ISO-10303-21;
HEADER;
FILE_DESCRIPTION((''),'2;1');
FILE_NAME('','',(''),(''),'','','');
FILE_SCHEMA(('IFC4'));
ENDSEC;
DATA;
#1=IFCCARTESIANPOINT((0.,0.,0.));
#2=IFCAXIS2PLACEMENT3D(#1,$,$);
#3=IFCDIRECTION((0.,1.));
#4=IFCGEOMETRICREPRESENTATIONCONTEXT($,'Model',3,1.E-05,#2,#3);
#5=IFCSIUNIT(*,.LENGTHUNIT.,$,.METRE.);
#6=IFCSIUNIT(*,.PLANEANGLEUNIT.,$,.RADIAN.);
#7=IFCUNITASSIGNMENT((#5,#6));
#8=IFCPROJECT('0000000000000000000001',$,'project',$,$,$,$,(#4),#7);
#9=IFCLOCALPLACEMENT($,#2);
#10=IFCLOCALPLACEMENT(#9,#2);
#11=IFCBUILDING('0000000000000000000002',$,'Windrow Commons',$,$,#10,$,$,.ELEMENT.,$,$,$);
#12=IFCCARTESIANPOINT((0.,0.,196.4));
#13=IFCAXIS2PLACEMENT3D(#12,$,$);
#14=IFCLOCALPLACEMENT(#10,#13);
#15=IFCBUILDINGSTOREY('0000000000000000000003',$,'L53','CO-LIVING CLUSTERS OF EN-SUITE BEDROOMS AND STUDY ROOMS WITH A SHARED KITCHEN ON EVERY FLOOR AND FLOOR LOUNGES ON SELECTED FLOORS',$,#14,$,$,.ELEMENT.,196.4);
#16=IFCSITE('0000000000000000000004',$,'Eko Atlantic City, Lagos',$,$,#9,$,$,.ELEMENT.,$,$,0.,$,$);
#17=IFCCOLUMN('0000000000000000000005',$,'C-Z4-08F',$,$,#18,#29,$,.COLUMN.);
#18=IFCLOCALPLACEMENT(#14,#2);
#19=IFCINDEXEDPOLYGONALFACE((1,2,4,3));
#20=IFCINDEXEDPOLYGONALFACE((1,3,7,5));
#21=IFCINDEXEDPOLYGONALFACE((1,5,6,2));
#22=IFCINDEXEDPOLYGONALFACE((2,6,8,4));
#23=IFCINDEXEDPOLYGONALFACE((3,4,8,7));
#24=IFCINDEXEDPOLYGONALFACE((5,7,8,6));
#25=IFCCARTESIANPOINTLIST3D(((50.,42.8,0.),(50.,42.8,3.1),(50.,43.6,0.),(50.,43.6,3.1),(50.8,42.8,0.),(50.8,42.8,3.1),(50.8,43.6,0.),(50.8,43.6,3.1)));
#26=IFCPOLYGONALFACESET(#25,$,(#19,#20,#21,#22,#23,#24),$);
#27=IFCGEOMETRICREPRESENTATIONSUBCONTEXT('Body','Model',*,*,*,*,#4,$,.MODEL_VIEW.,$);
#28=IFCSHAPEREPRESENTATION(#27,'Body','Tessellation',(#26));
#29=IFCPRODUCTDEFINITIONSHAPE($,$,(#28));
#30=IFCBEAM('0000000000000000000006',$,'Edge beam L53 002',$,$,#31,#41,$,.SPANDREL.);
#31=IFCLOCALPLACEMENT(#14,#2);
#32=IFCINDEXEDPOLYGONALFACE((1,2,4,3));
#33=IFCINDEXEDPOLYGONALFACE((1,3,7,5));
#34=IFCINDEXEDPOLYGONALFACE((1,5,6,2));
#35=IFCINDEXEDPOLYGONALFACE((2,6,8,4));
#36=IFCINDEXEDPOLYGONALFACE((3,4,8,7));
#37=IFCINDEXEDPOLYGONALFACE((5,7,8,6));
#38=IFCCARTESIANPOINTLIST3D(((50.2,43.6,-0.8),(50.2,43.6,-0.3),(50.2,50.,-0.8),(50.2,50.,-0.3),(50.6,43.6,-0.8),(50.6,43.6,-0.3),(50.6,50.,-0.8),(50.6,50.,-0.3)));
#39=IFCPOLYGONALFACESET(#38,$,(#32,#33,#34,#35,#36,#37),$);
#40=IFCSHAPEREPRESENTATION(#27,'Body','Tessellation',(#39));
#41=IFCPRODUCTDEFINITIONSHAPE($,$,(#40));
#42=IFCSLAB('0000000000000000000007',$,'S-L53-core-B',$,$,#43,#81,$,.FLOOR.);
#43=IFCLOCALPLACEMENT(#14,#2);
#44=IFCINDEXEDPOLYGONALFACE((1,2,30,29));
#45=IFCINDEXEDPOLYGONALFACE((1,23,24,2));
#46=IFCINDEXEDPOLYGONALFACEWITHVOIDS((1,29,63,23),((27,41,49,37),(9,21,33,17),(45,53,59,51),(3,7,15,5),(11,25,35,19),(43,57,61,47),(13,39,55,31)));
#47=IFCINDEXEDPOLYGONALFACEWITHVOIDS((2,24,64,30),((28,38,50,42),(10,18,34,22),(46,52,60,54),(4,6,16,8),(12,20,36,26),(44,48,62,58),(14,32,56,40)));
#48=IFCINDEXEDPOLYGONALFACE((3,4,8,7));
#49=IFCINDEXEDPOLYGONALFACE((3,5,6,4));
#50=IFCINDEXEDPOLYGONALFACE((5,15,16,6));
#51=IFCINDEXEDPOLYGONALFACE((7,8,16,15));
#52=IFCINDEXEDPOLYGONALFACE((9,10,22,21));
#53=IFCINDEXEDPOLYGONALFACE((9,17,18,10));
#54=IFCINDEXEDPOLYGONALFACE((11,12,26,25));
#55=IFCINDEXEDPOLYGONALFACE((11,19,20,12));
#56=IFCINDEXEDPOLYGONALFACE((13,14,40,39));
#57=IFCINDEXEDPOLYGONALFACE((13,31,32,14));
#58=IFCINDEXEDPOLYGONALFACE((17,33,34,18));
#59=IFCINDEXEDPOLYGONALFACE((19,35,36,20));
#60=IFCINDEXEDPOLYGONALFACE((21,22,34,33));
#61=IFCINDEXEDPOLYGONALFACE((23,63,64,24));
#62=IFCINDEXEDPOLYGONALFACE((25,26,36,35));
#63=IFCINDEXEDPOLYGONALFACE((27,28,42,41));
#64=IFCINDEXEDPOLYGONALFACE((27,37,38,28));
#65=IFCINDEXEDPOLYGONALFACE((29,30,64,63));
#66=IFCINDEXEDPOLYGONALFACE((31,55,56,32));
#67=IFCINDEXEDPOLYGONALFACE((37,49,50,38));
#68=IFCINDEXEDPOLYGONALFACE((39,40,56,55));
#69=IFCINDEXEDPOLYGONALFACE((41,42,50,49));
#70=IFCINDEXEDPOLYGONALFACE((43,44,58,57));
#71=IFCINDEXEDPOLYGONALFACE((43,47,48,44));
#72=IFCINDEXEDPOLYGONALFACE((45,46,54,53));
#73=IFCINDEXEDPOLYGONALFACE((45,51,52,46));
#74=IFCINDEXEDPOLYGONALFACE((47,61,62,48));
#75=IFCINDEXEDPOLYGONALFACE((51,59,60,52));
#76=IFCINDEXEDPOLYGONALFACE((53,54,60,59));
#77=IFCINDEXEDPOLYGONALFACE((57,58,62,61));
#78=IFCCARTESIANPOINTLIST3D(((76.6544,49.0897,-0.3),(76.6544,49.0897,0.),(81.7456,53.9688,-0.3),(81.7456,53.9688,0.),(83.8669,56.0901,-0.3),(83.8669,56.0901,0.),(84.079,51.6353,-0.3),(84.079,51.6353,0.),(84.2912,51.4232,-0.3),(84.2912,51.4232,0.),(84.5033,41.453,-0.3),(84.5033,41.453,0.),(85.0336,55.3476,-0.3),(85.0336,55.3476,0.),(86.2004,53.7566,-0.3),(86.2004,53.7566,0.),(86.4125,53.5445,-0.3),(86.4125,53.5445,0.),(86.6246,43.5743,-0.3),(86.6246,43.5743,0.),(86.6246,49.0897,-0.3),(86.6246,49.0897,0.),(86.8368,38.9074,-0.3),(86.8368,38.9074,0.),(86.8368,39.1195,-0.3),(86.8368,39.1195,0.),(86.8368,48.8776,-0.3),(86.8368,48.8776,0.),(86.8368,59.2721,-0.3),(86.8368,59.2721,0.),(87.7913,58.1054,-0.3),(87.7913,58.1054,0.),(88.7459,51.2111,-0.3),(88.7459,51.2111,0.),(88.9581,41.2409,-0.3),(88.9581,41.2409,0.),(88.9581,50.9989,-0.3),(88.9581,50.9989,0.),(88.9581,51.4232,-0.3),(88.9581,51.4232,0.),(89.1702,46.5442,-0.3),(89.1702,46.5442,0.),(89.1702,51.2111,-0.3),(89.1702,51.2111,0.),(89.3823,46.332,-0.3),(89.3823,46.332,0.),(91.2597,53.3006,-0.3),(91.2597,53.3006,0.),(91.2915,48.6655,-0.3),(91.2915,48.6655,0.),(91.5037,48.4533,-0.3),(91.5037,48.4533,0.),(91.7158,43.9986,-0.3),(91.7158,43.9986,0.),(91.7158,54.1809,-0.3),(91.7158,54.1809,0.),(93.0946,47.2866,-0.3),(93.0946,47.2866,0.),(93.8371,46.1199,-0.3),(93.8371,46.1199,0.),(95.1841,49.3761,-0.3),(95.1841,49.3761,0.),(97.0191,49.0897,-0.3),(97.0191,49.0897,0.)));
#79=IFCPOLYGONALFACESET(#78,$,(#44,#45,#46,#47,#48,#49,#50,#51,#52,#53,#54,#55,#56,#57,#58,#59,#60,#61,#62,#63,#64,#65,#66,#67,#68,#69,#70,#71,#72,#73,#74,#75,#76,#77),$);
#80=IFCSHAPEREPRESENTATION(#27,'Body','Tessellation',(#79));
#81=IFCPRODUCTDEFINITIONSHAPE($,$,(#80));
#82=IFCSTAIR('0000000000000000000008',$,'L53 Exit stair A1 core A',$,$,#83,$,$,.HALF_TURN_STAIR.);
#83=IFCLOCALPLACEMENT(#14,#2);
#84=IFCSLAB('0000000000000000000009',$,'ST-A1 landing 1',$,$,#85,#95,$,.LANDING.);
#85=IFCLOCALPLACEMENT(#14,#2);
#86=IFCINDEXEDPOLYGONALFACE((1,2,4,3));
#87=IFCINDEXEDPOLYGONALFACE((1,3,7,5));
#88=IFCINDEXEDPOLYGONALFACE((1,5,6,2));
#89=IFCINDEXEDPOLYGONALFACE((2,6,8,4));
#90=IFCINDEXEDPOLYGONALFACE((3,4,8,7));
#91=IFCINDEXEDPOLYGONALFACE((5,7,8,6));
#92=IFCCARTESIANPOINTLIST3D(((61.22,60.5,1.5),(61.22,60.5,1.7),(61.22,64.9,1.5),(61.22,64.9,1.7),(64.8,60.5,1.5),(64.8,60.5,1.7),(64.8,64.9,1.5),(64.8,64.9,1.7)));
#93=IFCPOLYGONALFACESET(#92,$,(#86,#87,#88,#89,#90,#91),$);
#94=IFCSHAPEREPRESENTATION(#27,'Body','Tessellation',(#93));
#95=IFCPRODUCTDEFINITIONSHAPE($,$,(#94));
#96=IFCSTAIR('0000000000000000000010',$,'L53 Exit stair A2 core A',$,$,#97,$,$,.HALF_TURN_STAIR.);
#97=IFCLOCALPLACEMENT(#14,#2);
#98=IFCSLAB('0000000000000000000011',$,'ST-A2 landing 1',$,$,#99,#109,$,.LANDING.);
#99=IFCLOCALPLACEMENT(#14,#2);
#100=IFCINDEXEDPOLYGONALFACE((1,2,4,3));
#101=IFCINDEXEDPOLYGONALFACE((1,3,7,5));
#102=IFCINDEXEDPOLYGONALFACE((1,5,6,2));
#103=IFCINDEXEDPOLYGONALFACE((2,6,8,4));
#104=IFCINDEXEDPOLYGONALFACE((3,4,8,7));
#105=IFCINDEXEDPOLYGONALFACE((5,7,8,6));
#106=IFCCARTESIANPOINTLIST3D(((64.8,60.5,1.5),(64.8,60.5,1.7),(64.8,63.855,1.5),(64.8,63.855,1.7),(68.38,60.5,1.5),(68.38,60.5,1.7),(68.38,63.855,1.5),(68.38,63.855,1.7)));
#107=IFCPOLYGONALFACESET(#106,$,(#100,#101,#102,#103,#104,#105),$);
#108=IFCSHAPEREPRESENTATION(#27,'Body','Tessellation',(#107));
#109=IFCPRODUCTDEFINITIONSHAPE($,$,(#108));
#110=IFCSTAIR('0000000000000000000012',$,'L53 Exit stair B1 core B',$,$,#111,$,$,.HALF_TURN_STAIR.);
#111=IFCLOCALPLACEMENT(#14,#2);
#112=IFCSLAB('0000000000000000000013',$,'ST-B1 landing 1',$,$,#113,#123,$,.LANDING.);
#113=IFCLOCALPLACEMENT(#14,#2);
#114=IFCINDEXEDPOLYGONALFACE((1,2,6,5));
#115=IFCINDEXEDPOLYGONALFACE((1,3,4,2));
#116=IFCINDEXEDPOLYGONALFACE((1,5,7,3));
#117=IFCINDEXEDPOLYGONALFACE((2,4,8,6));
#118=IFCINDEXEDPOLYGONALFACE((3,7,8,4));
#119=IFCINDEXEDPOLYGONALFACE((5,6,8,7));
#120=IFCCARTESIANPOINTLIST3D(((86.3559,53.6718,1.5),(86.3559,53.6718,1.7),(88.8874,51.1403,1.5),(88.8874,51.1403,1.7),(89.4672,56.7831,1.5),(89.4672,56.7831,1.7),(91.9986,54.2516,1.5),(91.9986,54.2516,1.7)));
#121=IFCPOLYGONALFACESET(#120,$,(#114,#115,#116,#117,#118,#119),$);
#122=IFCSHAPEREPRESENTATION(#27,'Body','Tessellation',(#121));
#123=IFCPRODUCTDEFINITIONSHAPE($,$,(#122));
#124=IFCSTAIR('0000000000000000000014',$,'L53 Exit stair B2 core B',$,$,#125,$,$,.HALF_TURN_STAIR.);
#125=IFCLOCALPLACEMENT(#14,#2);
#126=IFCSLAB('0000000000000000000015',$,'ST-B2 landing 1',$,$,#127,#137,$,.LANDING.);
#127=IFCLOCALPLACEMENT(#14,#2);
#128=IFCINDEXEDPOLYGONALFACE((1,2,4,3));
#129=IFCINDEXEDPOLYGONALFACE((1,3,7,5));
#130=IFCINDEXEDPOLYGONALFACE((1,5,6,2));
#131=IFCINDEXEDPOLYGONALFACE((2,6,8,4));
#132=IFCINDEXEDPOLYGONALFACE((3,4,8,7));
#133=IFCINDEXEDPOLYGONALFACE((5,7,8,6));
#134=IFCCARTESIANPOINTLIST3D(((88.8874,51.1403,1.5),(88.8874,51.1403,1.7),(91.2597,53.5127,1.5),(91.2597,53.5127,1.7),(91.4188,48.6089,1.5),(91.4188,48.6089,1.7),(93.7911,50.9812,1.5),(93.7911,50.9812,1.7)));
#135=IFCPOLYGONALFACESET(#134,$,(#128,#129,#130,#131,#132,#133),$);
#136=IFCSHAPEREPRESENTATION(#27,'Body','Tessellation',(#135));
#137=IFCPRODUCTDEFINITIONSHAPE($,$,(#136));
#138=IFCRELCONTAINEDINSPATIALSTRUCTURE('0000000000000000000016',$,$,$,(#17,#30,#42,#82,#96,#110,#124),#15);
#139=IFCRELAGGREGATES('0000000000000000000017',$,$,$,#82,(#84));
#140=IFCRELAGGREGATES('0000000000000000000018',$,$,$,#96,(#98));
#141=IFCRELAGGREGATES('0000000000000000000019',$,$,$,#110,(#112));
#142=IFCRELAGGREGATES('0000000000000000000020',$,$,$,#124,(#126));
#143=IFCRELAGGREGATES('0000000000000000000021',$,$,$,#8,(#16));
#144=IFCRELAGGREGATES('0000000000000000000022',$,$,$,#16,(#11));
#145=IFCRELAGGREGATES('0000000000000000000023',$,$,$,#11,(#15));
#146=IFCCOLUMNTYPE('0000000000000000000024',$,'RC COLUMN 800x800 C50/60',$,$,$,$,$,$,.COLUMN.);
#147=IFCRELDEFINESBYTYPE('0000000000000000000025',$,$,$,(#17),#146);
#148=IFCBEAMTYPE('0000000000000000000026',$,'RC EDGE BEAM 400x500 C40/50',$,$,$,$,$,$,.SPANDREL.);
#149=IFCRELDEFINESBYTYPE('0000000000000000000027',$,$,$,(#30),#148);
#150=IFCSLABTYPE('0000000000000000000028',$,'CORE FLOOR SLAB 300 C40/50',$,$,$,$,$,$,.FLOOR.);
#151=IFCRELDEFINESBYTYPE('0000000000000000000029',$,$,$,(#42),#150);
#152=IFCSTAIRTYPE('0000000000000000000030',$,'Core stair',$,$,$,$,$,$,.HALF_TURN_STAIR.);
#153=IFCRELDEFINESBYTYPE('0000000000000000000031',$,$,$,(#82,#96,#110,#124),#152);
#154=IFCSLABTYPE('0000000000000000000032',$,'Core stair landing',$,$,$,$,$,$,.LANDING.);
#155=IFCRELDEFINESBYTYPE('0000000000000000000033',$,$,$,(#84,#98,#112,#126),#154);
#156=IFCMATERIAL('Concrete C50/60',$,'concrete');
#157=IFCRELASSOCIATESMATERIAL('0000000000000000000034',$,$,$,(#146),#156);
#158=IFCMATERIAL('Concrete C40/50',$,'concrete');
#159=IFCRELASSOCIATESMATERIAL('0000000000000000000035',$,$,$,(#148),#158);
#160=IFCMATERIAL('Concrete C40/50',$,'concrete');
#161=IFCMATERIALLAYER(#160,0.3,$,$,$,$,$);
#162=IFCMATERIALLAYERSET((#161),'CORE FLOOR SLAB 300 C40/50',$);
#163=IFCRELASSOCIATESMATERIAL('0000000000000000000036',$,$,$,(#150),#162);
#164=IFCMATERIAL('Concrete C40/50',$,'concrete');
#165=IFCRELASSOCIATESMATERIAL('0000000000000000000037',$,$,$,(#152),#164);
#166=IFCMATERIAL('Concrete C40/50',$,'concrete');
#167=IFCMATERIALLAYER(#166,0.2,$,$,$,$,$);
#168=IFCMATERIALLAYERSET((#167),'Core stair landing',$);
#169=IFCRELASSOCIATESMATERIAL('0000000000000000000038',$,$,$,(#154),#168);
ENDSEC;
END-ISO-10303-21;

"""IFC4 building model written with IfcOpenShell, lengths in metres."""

from ifc_helpers import new_model, si_unit, direction, frame, origin, origin_2d, place, context, subcontext, project, spatial, polyline, rectangle, outline, extrude, material, layer, layer_set, material_profile, profile_set, type_object, element, aggregate, save


model = new_model("IFC4")

# Units and contexts
model_context = context("Model", 3, precision=1e-05, world=origin(), true_north=direction((0.0, 1.0)))
body_context = subcontext(model_context, "Body", "Model", "MODEL_VIEW")
ifc_project = project(units=[si_unit("LENGTHUNIT", "METRE"), si_unit("PLANEANGLEUNIT", "RADIAN")], contexts=[model_context])

# Site, building, storey
site_placement = place(None, origin())
site = spatial("IfcSite", under=ifc_project, at=site_placement, Name="Eko Atlantic City, Lagos", CompositionType="ELEMENT", RefElevation=0.0)
building_placement = place(site_placement, origin())
building = spatial("IfcBuilding", under=site, at=building_placement, Name="Windrow Commons", CompositionType="ELEMENT")
storey_placement = place(building_placement, frame((0.0, 0.0, 196.4)))
storey = spatial("IfcBuildingStorey", under=building, at=storey_placement, Name="L53", Description="CO-LIVING CLUSTERS OF EN-SUITE BEDROOMS AND STUDY ROOMS WITH A SHARED KITCHEN ON EVERY FLOOR AND FLOOR LOUNGES ON SELECTED FLOORS", CompositionType="ELEMENT", Elevation=196.4)

# Column
ifc_material_1 = material(Name="Concrete C50/60", Category="concrete")
ifc_material_profile_1 = material_profile(ifc_material_1, rectangle(XDim=0.8, YDim=0.8, at=origin_2d()))
ifc_profile_set_1 = profile_set([ifc_material_profile_1], Name="Concrete C50/60")
column_type = type_object("IfcColumnType", Name="RC COLUMN 800x800 C50/60", PredefinedType="COLUMN", material=ifc_profile_set_1)
column_placement = place(storey_placement, frame((50.4, 43.2, 0.0), z_axis=(0.0, 0.0, 1.0), x_axis=(1.0, 0.0, 0.0)))
element("IfcColumn", 1, at=column_placement, inside=storey, type_object=column_type, Name="C-Z4-08F", PredefinedType="COLUMN", context=body_context, shape_type="SweptSolid", body=[
    extrude(rectangle(XDim=0.8, YDim=0.8, at=origin_2d()), origin(), (0.0, 0.0, 1.0), 3.1),
])

# Beam
ifc_material_2 = material(Name="Concrete C40/50", Category="concrete")
ifc_material_profile_2 = material_profile(ifc_material_2, rectangle(XDim=0.4, YDim=0.5, at=origin_2d()))
ifc_profile_set_2 = profile_set([ifc_material_profile_2], Name="Concrete C40/50")
beam_type = type_object("IfcBeamType", Name="RC EDGE BEAM 400x500 C40/50", PredefinedType="SPANDREL", material=ifc_profile_set_2)
beam_placement = place(storey_placement, frame((50.4, 43.6, -0.55), z_axis=(0.0, 1.0, 0.0), x_axis=(-1.0, 0.0, 0.0)))
element("IfcBeam", 2, at=beam_placement, inside=storey, type_object=beam_type, Name="Edge beam L53 002", PredefinedType="SPANDREL", context=body_context, shape_type="SweptSolid", body=[
    extrude(rectangle(XDim=0.4, YDim=0.5, at=origin_2d()), origin(), (0.0, 0.0, 1.0), 6.4),
])

# Slab, openings
ifc_material_3 = material(Name="Concrete C40/50", Category="concrete")
ifc_layer_1 = layer(ifc_material_3, 0.3)
ifc_layer_set_1 = layer_set([ifc_layer_1], Name="CORE FLOOR SLAB 300 C40/50")
slab_type_1 = type_object("IfcSlabType", Name="CORE FLOOR SLAB 300 C40/50", PredefinedType="FLOOR", material=ifc_layer_set_1)
placement_1 = place(storey_placement, frame((0.0, 0.0, -0.3)))
slab_1 = element("IfcSlab", 3, at=placement_1, inside=storey, type_object=slab_type_1, Name="S-L53-core-B", PredefinedType="FLOOR", context=body_context, shape_type="SweptSolid", body=[
    extrude(outline(polyline([(76.6544, 49.0897), (86.8368, 38.9074), (97.0191, 49.0897), (86.8368, 59.2721), (76.6544, 49.0897)]), holes=[polyline([(84.5033, 41.453), (86.8368, 39.1195), (88.9581, 41.2409), (86.6246, 43.5743), (84.5033, 41.453)]), polyline([(81.7456, 53.9688), (84.079, 51.6353), (86.2004, 53.7566), (83.8669, 56.0901), (81.7456, 53.9688)]), polyline([(84.2912, 51.4232), (86.6246, 49.0897), (88.7459, 51.2111), (86.4125, 53.5445), (84.2912, 51.4232)]), polyline([(86.8368, 48.8776), (89.1702, 46.5442), (91.2915, 48.6655), (88.9581, 50.9989), (86.8368, 48.8776)]), polyline([(89.3823, 46.332), (91.7158, 43.9986), (93.8371, 46.1199), (91.5037, 48.4533), (89.3823, 46.332)]), polyline([(85.0336, 55.3476), (88.9581, 51.4232), (91.7158, 54.1809), (87.7913, 58.1054), (85.0336, 55.3476)]), polyline([(89.1702, 51.2111), (93.0946, 47.2866), (95.1841, 49.3761), (91.2597, 53.3006), (89.1702, 51.2111)])]), origin(), (0.0, 0.0, 1.0), 0.3),
])
opening_1_placement = place(placement_1, origin())
element("IfcOpeningElement", 4, at=opening_1_placement, cuts=slab_1, PredefinedType="OPENING", context=body_context, shape_type="SweptSolid", body=[
    extrude(outline(polyline([(84.5104, 41.453), (86.6246, 43.5672), (88.951, 41.2409), (86.8368, 39.1266), (84.5104, 41.453)])), origin(), (0.0, 0.0, 1.0), 0.3),
])
opening_2_placement = place(placement_1, origin())
element("IfcOpeningElement", 5, at=opening_2_placement, cuts=slab_1, PredefinedType="OPENING", context=body_context, shape_type="SweptSolid", body=[
    extrude(outline(polyline([(81.7527, 53.9688), (83.8669, 56.083), (86.1933, 53.7566), (84.079, 51.6424), (81.7527, 53.9688)])), origin(), (0.0, 0.0, 1.0), 0.3),
])
opening_3_placement = place(placement_1, origin())
element("IfcOpeningElement", 6, at=opening_3_placement, cuts=slab_1, PredefinedType="OPENING", context=body_context, shape_type="SweptSolid", body=[
    extrude(outline(polyline([(84.2983, 51.4232), (86.4125, 53.5374), (88.7388, 51.2111), (86.6246, 49.0968), (84.2983, 51.4232)])), origin(), (0.0, 0.0, 1.0), 0.3),
])
opening_4_placement = place(placement_1, origin())
element("IfcOpeningElement", 7, at=opening_4_placement, cuts=slab_1, PredefinedType="OPENING", context=body_context, shape_type="SweptSolid", body=[
    extrude(outline(polyline([(86.8439, 48.8776), (88.9581, 50.9918), (91.2844, 48.6655), (89.1702, 46.5513), (86.8439, 48.8776)])), origin(), (0.0, 0.0, 1.0), 0.3),
])
opening_5_placement = place(placement_1, origin())
element("IfcOpeningElement", 8, at=opening_5_placement, cuts=slab_1, PredefinedType="OPENING", context=body_context, shape_type="SweptSolid", body=[
    extrude(outline(polyline([(89.3894, 46.332), (91.5037, 48.4462), (93.83, 46.1199), (91.7158, 44.0057), (89.3894, 46.332)])), origin(), (0.0, 0.0, 1.0), 0.3),
])
opening_6_placement = place(placement_1, origin())
element("IfcOpeningElement", 9, at=opening_6_placement, cuts=slab_1, PredefinedType="OPENING", context=body_context, shape_type="SweptSolid", body=[
    extrude(outline(polyline([(85.0407, 55.3476), (87.7913, 58.0983), (91.7087, 54.1809), (88.9581, 51.4303), (85.0407, 55.3476)])), origin(), (0.0, 0.0, 1.0), 0.3),
])
opening_7_placement = place(placement_1, origin())
element("IfcOpeningElement", 10, at=opening_7_placement, cuts=slab_1, PredefinedType="OPENING", context=body_context, shape_type="SweptSolid", body=[
    extrude(outline(polyline([(89.1773, 51.2111), (91.2597, 53.2935), (95.177, 49.3761), (93.0946, 47.2937), (89.1773, 51.2111)])), origin(), (0.0, 0.0, 1.0), 0.3),
])

# Stairs, slabs
ifc_material_4 = material(Name="Concrete C40/50", Category="concrete")
stair_type = type_object("IfcStairType", Name="Core stair", PredefinedType="HALF_TURN_STAIR", material=ifc_material_4)
placement_2 = place(storey_placement, origin())
stair_1 = element("IfcStair", 11, at=placement_2, inside=storey, type_object=stair_type, Name="L53 Exit stair A1 core A", PredefinedType="HALF_TURN_STAIR")
ifc_material_5 = material(Name="Concrete C40/50", Category="concrete")
ifc_layer_2 = layer(ifc_material_5, 0.2)
ifc_layer_set_2 = layer_set([ifc_layer_2], Name="Core stair landing")
slab_type_2 = type_object("IfcSlabType", Name="Core stair landing", PredefinedType="LANDING", material=ifc_layer_set_2)
placement_3 = place(storey_placement, frame((0.0, 0.0, 1.5)))
slab_2 = element("IfcSlab", 12, at=placement_3, type_object=slab_type_2, Name="ST-A1 landing 1", PredefinedType="LANDING", context=body_context, shape_type="SweptSolid", body=[
    extrude(outline(polyline([(61.22, 60.5), (64.8, 60.5), (64.8, 64.9), (61.22, 64.9), (61.22, 60.5)])), origin(), (0.0, 0.0, 1.0), 0.2),
])
aggregate(stair_1, [slab_2])
stair_2 = element("IfcStair", 13, at=placement_2, inside=storey, type_object=stair_type, Name="L53 Exit stair A2 core A", PredefinedType="HALF_TURN_STAIR")
slab_3 = element("IfcSlab", 14, at=placement_3, type_object=slab_type_2, Name="ST-A2 landing 1", PredefinedType="LANDING", context=body_context, shape_type="SweptSolid", body=[
    extrude(outline(polyline([(64.8, 60.5), (68.38, 60.5), (68.38, 63.855), (64.8, 63.855), (64.8, 60.5)])), origin(), (0.0, 0.0, 1.0), 0.2),
])
aggregate(stair_2, [slab_3])
stair_3 = element("IfcStair", 15, at=placement_2, inside=storey, type_object=stair_type, Name="L53 Exit stair B1 core B", PredefinedType="HALF_TURN_STAIR")
slab_4 = element("IfcSlab", 16, at=placement_3, type_object=slab_type_2, Name="ST-B1 landing 1", PredefinedType="LANDING", context=body_context, shape_type="SweptSolid", body=[
    extrude(outline(polyline([(86.3559, 53.6718), (88.8874, 51.1403), (91.9986, 54.2516), (89.4672, 56.7831), (86.3559, 53.6718)])), origin(), (0.0, 0.0, 1.0), 0.2),
])
aggregate(stair_3, [slab_4])
stair_4 = element("IfcStair", 17, at=placement_2, inside=storey, type_object=stair_type, Name="L53 Exit stair B2 core B", PredefinedType="HALF_TURN_STAIR")
slab_5 = element("IfcSlab", 18, at=placement_3, type_object=slab_type_2, Name="ST-B2 landing 1", PredefinedType="LANDING", context=body_context, shape_type="SweptSolid", body=[
    extrude(outline(polyline([(88.8874, 51.1403), (91.4188, 48.6089), (93.7911, 50.9812), (91.2597, 53.5127), (88.8874, 51.1403)])), origin(), (0.0, 0.0, 1.0), 0.2),
])
aggregate(stair_4, [slab_5])

save(model, "model.ifc")
